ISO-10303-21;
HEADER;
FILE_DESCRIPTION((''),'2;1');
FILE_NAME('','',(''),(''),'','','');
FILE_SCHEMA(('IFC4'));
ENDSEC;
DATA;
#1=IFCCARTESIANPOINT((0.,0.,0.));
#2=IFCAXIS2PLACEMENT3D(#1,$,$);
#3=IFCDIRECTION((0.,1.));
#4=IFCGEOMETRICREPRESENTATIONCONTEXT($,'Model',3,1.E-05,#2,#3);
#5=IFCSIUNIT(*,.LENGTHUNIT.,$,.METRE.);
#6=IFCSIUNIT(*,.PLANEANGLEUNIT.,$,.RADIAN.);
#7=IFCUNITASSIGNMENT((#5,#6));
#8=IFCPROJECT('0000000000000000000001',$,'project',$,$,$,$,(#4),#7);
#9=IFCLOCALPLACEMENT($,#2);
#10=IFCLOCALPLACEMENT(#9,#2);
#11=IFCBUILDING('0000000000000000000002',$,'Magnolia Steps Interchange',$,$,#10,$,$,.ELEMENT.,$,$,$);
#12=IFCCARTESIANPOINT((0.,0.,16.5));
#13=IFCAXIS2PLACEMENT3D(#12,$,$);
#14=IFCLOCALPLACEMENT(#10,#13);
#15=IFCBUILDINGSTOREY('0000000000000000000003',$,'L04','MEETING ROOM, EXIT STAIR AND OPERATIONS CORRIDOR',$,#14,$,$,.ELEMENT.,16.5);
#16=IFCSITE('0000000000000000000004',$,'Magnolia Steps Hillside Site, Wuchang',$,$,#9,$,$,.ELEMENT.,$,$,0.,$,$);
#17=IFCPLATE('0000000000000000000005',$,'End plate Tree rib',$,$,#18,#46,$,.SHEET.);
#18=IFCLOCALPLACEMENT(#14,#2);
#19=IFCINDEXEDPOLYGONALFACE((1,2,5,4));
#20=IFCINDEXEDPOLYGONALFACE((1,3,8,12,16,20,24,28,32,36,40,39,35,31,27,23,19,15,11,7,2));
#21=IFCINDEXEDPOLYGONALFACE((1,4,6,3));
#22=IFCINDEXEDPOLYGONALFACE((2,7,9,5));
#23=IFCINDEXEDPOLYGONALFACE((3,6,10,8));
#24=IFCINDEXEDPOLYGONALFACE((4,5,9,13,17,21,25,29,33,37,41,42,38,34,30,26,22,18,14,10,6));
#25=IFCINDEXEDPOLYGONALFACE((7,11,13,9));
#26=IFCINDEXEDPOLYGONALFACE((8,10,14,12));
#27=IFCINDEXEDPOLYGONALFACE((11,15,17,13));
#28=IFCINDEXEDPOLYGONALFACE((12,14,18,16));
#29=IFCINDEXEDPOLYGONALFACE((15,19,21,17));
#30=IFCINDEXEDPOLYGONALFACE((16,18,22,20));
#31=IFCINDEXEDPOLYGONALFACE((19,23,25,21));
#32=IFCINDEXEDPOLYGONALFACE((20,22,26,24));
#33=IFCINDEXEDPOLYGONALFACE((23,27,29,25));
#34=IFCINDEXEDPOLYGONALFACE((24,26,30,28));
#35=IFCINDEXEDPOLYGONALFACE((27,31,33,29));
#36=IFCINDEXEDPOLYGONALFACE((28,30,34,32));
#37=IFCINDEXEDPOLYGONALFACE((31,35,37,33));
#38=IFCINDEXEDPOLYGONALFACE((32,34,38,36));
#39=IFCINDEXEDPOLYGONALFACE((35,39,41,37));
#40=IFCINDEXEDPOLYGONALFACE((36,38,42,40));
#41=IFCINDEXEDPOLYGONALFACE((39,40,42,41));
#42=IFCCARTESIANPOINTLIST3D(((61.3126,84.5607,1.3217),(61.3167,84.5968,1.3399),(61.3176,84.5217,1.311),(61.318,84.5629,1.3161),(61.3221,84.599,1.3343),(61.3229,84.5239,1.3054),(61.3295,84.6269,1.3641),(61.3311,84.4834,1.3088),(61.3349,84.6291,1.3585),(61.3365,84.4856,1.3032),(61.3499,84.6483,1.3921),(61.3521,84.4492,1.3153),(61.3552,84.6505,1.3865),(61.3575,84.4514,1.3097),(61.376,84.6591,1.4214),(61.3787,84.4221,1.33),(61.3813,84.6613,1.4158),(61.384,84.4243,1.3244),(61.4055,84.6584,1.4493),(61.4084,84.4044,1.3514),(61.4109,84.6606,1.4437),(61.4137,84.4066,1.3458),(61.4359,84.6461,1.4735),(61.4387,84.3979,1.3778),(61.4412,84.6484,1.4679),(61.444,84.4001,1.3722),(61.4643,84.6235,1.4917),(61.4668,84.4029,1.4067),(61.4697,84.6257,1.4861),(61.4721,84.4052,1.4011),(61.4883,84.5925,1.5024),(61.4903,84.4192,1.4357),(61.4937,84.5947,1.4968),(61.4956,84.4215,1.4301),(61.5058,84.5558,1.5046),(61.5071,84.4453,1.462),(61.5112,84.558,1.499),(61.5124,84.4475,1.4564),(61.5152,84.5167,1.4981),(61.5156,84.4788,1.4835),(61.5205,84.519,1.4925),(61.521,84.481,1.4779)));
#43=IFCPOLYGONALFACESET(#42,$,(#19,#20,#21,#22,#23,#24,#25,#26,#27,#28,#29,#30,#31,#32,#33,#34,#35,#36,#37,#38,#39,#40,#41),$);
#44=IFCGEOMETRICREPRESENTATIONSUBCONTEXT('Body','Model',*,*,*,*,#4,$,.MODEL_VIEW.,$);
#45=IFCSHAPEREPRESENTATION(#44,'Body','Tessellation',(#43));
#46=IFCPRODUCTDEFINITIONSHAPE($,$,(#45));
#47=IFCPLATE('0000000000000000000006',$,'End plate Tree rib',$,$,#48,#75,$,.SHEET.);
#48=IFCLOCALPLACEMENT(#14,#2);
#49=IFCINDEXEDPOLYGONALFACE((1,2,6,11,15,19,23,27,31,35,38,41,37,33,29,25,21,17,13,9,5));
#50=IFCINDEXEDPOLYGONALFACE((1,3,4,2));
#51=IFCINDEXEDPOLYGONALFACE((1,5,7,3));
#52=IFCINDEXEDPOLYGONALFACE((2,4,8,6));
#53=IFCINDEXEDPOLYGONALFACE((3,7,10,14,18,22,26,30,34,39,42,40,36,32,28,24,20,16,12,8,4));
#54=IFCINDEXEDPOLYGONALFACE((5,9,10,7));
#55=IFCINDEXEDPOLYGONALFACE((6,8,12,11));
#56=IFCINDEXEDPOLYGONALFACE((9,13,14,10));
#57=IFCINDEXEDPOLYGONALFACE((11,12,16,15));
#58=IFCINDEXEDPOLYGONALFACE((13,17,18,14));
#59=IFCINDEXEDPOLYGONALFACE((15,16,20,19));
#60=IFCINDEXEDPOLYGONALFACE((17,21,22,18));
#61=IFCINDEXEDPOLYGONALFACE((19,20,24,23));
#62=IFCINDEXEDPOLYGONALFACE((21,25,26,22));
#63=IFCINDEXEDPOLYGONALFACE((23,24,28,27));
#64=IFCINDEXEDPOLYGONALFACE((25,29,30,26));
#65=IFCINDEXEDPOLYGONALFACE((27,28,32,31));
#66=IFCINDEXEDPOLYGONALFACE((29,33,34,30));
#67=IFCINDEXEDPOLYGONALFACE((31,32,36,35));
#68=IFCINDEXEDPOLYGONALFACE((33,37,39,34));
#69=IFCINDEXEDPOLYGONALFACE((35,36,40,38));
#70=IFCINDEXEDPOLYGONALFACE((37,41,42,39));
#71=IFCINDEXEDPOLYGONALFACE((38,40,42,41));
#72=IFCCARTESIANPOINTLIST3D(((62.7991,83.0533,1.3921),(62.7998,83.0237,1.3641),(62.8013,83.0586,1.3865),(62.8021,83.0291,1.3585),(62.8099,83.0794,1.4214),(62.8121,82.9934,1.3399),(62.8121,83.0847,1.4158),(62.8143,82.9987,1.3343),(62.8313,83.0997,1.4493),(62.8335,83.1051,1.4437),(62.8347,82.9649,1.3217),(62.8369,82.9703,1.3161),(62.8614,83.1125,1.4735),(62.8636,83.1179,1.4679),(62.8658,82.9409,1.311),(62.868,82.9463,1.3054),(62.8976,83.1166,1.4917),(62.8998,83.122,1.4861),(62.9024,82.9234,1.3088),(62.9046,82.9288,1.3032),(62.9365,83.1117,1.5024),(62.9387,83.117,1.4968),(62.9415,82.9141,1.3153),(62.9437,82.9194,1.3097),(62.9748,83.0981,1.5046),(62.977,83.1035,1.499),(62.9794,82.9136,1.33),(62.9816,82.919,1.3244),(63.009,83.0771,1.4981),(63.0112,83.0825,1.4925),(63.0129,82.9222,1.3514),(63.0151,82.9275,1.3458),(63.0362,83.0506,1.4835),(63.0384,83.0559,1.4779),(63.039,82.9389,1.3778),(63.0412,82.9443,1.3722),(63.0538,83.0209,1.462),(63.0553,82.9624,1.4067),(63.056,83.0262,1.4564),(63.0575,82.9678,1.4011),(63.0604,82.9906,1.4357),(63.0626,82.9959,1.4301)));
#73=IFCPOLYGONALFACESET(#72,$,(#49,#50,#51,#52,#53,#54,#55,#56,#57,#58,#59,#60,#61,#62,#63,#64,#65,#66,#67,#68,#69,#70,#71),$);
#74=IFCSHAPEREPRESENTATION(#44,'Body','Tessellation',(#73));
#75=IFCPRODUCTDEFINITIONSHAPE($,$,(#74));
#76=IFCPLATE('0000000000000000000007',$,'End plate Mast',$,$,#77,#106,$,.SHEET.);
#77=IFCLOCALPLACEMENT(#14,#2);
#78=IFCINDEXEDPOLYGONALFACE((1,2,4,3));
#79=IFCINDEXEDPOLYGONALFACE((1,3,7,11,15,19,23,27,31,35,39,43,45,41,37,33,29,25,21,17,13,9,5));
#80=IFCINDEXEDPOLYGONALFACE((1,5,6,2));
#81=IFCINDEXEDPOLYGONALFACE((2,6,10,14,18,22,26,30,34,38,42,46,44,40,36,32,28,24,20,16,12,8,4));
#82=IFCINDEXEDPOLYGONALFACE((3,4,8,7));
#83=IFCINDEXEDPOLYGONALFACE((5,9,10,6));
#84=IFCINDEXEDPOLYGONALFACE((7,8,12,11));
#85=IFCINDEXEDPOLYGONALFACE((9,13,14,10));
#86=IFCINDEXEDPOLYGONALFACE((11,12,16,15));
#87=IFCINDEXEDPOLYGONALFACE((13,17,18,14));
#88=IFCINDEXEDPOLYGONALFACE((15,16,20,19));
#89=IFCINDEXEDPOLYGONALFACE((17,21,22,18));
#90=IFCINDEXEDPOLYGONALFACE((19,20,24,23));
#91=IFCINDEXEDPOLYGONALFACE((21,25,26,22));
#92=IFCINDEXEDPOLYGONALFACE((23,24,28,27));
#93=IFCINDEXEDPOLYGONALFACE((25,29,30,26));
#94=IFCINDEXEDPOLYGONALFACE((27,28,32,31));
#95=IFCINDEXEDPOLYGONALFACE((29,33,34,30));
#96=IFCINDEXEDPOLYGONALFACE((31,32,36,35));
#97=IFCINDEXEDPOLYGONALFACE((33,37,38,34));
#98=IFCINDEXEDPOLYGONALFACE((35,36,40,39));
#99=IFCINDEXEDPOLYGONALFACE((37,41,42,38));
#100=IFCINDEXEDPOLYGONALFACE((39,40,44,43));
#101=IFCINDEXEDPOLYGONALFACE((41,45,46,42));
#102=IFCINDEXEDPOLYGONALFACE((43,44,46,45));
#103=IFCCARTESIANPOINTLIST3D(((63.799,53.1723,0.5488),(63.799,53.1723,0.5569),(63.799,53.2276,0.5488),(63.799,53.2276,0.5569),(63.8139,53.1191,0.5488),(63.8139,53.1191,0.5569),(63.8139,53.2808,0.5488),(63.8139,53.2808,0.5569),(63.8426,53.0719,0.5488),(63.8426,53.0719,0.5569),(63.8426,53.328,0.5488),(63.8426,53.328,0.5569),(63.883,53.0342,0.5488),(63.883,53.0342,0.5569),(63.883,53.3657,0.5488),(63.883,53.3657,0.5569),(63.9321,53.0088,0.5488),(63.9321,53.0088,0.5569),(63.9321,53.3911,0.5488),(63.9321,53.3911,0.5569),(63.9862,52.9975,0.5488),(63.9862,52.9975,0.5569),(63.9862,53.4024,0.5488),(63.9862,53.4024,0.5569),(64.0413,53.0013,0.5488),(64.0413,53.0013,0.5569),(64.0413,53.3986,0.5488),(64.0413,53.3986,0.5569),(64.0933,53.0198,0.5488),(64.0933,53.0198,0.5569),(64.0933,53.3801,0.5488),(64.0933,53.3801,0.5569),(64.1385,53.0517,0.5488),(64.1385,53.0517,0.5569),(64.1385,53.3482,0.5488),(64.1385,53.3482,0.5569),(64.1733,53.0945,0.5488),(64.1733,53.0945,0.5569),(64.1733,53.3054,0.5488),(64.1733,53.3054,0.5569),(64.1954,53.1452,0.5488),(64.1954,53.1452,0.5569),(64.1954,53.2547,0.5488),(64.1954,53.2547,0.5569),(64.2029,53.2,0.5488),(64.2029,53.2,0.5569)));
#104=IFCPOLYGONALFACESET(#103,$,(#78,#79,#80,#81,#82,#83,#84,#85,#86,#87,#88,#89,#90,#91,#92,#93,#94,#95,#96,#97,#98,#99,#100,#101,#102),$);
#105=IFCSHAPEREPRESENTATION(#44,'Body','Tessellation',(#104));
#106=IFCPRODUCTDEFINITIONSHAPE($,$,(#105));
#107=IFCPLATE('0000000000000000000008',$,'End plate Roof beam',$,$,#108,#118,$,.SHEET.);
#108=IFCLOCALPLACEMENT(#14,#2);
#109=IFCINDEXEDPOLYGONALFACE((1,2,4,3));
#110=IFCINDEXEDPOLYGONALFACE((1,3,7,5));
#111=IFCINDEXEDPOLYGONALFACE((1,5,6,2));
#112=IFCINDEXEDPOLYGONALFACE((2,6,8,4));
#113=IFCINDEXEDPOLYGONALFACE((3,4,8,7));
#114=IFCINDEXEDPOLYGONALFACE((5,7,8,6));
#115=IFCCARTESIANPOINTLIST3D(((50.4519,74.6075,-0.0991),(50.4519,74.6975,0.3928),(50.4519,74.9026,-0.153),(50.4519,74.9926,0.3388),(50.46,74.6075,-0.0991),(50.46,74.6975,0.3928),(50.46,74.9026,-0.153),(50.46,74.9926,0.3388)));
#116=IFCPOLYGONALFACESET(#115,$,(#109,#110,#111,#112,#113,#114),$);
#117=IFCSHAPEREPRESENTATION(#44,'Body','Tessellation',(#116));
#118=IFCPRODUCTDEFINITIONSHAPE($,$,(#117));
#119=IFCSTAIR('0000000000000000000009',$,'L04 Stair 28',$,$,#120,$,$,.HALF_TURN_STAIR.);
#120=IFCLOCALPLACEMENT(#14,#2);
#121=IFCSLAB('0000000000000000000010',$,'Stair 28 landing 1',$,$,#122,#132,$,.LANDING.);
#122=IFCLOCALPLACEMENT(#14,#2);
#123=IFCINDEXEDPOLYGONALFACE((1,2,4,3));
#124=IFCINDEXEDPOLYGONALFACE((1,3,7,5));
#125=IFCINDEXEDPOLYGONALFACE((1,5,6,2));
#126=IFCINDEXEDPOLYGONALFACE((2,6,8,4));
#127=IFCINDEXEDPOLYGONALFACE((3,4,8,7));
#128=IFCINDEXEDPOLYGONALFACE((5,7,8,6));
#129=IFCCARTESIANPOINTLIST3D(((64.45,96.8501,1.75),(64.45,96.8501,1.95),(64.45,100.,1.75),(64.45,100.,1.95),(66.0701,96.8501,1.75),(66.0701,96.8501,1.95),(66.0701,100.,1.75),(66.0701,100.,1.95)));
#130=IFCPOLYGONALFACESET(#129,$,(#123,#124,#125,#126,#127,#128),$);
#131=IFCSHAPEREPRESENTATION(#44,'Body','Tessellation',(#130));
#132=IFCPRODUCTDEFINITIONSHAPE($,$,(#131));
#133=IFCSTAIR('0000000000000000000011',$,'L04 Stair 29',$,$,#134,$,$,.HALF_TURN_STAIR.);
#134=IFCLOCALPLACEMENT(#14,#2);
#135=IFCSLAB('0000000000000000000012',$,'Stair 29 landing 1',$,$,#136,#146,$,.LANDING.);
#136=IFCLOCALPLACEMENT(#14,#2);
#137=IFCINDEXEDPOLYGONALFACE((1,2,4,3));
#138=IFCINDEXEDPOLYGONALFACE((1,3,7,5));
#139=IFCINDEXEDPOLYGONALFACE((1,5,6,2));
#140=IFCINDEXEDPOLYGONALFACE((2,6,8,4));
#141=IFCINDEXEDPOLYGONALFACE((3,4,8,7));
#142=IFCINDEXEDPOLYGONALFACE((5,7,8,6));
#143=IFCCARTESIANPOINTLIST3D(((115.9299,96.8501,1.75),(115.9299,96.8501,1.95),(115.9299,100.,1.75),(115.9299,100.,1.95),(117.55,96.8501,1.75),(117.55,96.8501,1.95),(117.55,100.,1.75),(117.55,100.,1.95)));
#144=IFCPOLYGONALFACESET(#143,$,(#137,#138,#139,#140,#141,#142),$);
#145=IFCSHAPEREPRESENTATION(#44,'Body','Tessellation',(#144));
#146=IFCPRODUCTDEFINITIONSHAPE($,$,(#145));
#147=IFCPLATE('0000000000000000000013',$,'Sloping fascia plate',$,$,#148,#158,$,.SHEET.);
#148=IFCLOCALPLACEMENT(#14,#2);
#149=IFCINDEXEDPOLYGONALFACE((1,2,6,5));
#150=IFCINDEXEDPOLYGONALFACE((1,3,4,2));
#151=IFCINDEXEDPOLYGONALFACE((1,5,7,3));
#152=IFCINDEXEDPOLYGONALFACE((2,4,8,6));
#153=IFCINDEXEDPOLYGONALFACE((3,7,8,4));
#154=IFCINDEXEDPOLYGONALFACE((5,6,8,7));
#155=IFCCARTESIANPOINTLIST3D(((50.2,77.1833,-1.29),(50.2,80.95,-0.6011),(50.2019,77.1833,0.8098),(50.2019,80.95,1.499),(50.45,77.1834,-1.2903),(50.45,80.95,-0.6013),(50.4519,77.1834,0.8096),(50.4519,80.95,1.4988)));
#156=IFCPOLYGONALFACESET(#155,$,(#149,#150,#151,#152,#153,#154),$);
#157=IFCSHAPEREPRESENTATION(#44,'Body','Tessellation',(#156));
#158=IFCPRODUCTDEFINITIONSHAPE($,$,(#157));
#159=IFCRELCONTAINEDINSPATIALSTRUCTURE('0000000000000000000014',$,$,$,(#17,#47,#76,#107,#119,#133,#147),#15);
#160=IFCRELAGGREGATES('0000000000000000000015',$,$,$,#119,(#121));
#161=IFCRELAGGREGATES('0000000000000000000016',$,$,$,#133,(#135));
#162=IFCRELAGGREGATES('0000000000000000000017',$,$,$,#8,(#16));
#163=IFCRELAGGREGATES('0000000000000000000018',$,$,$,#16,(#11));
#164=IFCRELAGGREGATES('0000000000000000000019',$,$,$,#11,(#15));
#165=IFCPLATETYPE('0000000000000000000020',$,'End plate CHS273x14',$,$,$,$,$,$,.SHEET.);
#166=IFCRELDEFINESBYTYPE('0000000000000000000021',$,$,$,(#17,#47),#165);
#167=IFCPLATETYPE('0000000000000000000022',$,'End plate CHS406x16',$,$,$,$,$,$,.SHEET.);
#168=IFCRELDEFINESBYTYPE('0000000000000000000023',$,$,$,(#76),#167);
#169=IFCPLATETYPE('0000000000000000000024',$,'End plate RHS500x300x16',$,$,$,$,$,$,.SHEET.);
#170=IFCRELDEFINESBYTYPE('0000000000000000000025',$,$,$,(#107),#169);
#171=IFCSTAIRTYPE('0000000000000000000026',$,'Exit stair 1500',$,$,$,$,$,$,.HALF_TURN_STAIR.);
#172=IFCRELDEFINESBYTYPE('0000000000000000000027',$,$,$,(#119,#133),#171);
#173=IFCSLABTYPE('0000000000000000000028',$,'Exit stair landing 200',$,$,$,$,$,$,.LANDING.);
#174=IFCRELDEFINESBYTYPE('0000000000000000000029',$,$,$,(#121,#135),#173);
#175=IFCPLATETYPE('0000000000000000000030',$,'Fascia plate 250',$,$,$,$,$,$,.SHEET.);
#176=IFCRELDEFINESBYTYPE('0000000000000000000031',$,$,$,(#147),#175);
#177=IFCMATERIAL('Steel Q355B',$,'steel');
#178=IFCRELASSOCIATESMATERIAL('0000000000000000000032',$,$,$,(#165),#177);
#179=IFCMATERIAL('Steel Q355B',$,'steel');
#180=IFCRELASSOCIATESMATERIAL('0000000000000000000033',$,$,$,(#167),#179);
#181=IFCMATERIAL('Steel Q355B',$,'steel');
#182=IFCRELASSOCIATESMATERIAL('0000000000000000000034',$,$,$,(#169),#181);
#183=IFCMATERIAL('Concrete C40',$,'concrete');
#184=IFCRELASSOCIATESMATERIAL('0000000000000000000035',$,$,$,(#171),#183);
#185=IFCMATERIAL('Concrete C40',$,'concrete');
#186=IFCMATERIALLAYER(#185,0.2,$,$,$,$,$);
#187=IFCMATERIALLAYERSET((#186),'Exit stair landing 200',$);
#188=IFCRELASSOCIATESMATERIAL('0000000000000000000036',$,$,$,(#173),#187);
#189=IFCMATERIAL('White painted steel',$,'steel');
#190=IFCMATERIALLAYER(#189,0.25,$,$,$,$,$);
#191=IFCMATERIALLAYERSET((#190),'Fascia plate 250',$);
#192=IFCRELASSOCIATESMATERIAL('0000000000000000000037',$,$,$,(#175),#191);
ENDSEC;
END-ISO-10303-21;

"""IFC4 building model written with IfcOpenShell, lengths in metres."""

from ifc_helpers import new_model, si_unit, direction, frame, origin, origin_2d, place, context, subcontext, project, spatial, polyline, rectangle, circle, outline, extrude, material, layer, layer_set, material_profile, profile_set, type_object, element, aggregate, save


model = new_model("IFC4")

# Units and contexts
model_context = context("Model", 3, precision=1e-05, world=origin(), true_north=direction((0.0, 1.0)))
body_context = subcontext(model_context, "Body", "Model", "MODEL_VIEW")
ifc_project = project(units=[si_unit("LENGTHUNIT", "METRE"), si_unit("PLANEANGLEUNIT", "RADIAN")], contexts=[model_context])

# Site, building, storey
site_placement = place(None, origin())
site = spatial("IfcSite", under=ifc_project, at=site_placement, Name="Magnolia Steps Hillside Site, Wuchang", CompositionType="ELEMENT", RefElevation=0.0)
building_placement = place(site_placement, origin())
building = spatial("IfcBuilding", under=site, at=building_placement, Name="Magnolia Steps Interchange", CompositionType="ELEMENT")
storey_placement = place(building_placement, frame((0.0, 0.0, 16.5)))
storey = spatial("IfcBuildingStorey", under=building, at=storey_placement, Name="L04", Description="MEETING ROOM, EXIT STAIR AND OPERATIONS CORRIDOR", CompositionType="ELEMENT", Elevation=16.5)

# Plates
ifc_material_1 = material(Name="Steel Q355B", Category="steel")
ifc_material_profile_1 = material_profile(ifc_material_1, circle(Radius=0.1365, at=origin_2d()), Name="End plate CHS273x14")
ifc_profile_set_1 = profile_set([ifc_material_profile_1], Name="Steel Q355B")
plate_type_1 = type_object("IfcPlateType", Name="End plate CHS273x14", PredefinedType="SHEET", material=ifc_profile_set_1)
for number, where, z_axis, x_axis, name in (
    (1, (61.4199, 84.5312, 1.4011), (-0.664583, -0.275279, 0.694658), (0.382683, -0.92388, 0.0), "End plate Tree rib"),
    (2, (62.9314, 83.02, 1.4011), (-0.275279, -0.664583, 0.694658), (0.92388, -0.382683, 0.0), "End plate Tree rib"),
):
    element("IfcPlate", number, at=place(storey_placement, frame(where, z_axis=z_axis, x_axis=x_axis)), inside=storey, type_object=plate_type_1, Name=name, PredefinedType="SHEET", context=body_context, shape_type="SweptSolid", body=[
        extrude(circle(Radius=0.1365, at=origin_2d()), origin(), (0.0, 0.0, 1.0), 0.0081),
    ])
ifc_material_2 = material(Name="Steel Q355B", Category="steel")
ifc_material_profile_2 = material_profile(ifc_material_2, circle(Radius=0.2029, at=origin_2d()), Name="End plate CHS406x16")
ifc_profile_set_2 = profile_set([ifc_material_profile_2], Name="Steel Q355B")
plate_type_2 = type_object("IfcPlateType", Name="End plate CHS406x16", PredefinedType="SHEET", material=ifc_profile_set_2)
plate_1_placement = place(storey_placement, frame((64.0, 53.2, 0.5488), z_axis=(0.0, 0.0, 1.0), x_axis=(1.0, 0.0, 0.0)))
element("IfcPlate", 3, at=plate_1_placement, inside=storey, type_object=plate_type_2, Name="End plate Mast", PredefinedType="SHEET", context=body_context, shape_type="SweptSolid", body=[
    extrude(circle(Radius=0.2029, at=origin_2d()), origin(), (0.0, 0.0, 1.0), 0.0081),
])
ifc_material_3 = material(Name="Steel Q355B", Category="steel")
ifc_material_profile_3 = material_profile(ifc_material_3, rectangle(XDim=0.3, YDim=0.5, at=origin_2d()), Name="End plate RHS500x300x16")
ifc_profile_set_3 = profile_set([ifc_material_profile_3], Name="Steel Q355B")
plate_type_3 = type_object("IfcPlateType", Name="End plate RHS500x300x16", PredefinedType="SHEET", material=ifc_profile_set_3)
plate_2_placement = place(storey_placement, frame((50.46, 74.8, 0.1199), z_axis=(-1.0, 0.0, 0.0), x_axis=(0.0, -0.983677, 0.179941)))
element("IfcPlate", 4, at=plate_2_placement, inside=storey, type_object=plate_type_3, Name="End plate Roof beam", PredefinedType="SHEET", context=body_context, shape_type="SweptSolid", body=[
    extrude(rectangle(XDim=0.3, YDim=0.5, at=origin_2d()), origin(), (0.0, 0.0, 1.0), 0.0081),
])

# Stairs, slabs
ifc_material_4 = material(Name="Concrete C40", Category="concrete")
stair_type = type_object("IfcStairType", Name="Exit stair 1500", PredefinedType="HALF_TURN_STAIR", material=ifc_material_4)
stair_1_placement = place(storey_placement, origin())
stair_1 = element("IfcStair", 5, at=stair_1_placement, inside=storey, type_object=stair_type, Name="L04 Stair 28", PredefinedType="HALF_TURN_STAIR")
ifc_material_5 = material(Name="Concrete C40", Category="concrete")
ifc_layer_1 = layer(ifc_material_5, 0.2)
ifc_layer_set_1 = layer_set([ifc_layer_1], Name="Exit stair landing 200")
slab_type_1 = type_object("IfcSlabType", Name="Exit stair landing 200", PredefinedType="LANDING", material=ifc_layer_set_1)
slab_1_placement = place(storey_placement, frame((0.0, 0.0, 1.75)))
slab_1 = element("IfcSlab", 6, at=slab_1_placement, type_object=slab_type_1, Name="Stair 28 landing 1", PredefinedType="LANDING", context=body_context, shape_type="SweptSolid", body=[
    extrude(outline(polyline([(66.0701, 100.0), (64.45, 100.0), (64.45, 96.8501), (66.0701, 96.8501), (66.0701, 100.0)])), origin(), (0.0, 0.0, 1.0), 0.2),
])
aggregate(stair_1, [slab_1])
stair_2_placement = place(storey_placement, origin())
stair_2 = element("IfcStair", 7, at=stair_2_placement, inside=storey, type_object=stair_type, Name="L04 Stair 29", PredefinedType="HALF_TURN_STAIR")
slab_2_placement = place(storey_placement, frame((0.0, 0.0, 1.75)))
slab_2 = element("IfcSlab", 8, at=slab_2_placement, type_object=slab_type_1, Name="Stair 29 landing 1", PredefinedType="LANDING", context=body_context, shape_type="SweptSolid", body=[
    extrude(outline(polyline([(115.9299, 96.8501), (117.55, 96.8501), (117.55, 100.0), (115.9299, 100.0), (115.9299, 96.8501)])), origin(), (0.0, 0.0, 1.0), 0.2),
])
aggregate(stair_2, [slab_2])

# Plate
ifc_material_6 = material(Name="White painted steel", Category="steel")
ifc_layer_2 = layer(ifc_material_6, 0.25)
ifc_layer_set_2 = layer_set([ifc_layer_2], Name="Fascia plate 250")
plate_type_4 = type_object("IfcPlateType", Name="Fascia plate 250", PredefinedType="SHEET", material=ifc_layer_set_2)
plate_3_placement = place(storey_placement, frame((50.2, 80.95, -0.6011), z_axis=(-1.0, -0.00017, 0.00093), x_axis=(0.0, -0.98368, -0.179929)))
element("IfcPlate", 9, at=plate_3_placement, inside=storey, type_object=plate_type_4, Name="Sloping fascia plate", PredefinedType="SHEET", context=body_context, shape_type="SweptSolid", body=[
    extrude(outline(polyline([(0.0, 0.0), (3.8291, 0.0), (3.4513, 2.0656), (-0.3779, 2.0658), (0.0, 0.0)])), origin(), (0.0, 0.0, -1.0), 0.25),
])

save(model, "model.ifc")
